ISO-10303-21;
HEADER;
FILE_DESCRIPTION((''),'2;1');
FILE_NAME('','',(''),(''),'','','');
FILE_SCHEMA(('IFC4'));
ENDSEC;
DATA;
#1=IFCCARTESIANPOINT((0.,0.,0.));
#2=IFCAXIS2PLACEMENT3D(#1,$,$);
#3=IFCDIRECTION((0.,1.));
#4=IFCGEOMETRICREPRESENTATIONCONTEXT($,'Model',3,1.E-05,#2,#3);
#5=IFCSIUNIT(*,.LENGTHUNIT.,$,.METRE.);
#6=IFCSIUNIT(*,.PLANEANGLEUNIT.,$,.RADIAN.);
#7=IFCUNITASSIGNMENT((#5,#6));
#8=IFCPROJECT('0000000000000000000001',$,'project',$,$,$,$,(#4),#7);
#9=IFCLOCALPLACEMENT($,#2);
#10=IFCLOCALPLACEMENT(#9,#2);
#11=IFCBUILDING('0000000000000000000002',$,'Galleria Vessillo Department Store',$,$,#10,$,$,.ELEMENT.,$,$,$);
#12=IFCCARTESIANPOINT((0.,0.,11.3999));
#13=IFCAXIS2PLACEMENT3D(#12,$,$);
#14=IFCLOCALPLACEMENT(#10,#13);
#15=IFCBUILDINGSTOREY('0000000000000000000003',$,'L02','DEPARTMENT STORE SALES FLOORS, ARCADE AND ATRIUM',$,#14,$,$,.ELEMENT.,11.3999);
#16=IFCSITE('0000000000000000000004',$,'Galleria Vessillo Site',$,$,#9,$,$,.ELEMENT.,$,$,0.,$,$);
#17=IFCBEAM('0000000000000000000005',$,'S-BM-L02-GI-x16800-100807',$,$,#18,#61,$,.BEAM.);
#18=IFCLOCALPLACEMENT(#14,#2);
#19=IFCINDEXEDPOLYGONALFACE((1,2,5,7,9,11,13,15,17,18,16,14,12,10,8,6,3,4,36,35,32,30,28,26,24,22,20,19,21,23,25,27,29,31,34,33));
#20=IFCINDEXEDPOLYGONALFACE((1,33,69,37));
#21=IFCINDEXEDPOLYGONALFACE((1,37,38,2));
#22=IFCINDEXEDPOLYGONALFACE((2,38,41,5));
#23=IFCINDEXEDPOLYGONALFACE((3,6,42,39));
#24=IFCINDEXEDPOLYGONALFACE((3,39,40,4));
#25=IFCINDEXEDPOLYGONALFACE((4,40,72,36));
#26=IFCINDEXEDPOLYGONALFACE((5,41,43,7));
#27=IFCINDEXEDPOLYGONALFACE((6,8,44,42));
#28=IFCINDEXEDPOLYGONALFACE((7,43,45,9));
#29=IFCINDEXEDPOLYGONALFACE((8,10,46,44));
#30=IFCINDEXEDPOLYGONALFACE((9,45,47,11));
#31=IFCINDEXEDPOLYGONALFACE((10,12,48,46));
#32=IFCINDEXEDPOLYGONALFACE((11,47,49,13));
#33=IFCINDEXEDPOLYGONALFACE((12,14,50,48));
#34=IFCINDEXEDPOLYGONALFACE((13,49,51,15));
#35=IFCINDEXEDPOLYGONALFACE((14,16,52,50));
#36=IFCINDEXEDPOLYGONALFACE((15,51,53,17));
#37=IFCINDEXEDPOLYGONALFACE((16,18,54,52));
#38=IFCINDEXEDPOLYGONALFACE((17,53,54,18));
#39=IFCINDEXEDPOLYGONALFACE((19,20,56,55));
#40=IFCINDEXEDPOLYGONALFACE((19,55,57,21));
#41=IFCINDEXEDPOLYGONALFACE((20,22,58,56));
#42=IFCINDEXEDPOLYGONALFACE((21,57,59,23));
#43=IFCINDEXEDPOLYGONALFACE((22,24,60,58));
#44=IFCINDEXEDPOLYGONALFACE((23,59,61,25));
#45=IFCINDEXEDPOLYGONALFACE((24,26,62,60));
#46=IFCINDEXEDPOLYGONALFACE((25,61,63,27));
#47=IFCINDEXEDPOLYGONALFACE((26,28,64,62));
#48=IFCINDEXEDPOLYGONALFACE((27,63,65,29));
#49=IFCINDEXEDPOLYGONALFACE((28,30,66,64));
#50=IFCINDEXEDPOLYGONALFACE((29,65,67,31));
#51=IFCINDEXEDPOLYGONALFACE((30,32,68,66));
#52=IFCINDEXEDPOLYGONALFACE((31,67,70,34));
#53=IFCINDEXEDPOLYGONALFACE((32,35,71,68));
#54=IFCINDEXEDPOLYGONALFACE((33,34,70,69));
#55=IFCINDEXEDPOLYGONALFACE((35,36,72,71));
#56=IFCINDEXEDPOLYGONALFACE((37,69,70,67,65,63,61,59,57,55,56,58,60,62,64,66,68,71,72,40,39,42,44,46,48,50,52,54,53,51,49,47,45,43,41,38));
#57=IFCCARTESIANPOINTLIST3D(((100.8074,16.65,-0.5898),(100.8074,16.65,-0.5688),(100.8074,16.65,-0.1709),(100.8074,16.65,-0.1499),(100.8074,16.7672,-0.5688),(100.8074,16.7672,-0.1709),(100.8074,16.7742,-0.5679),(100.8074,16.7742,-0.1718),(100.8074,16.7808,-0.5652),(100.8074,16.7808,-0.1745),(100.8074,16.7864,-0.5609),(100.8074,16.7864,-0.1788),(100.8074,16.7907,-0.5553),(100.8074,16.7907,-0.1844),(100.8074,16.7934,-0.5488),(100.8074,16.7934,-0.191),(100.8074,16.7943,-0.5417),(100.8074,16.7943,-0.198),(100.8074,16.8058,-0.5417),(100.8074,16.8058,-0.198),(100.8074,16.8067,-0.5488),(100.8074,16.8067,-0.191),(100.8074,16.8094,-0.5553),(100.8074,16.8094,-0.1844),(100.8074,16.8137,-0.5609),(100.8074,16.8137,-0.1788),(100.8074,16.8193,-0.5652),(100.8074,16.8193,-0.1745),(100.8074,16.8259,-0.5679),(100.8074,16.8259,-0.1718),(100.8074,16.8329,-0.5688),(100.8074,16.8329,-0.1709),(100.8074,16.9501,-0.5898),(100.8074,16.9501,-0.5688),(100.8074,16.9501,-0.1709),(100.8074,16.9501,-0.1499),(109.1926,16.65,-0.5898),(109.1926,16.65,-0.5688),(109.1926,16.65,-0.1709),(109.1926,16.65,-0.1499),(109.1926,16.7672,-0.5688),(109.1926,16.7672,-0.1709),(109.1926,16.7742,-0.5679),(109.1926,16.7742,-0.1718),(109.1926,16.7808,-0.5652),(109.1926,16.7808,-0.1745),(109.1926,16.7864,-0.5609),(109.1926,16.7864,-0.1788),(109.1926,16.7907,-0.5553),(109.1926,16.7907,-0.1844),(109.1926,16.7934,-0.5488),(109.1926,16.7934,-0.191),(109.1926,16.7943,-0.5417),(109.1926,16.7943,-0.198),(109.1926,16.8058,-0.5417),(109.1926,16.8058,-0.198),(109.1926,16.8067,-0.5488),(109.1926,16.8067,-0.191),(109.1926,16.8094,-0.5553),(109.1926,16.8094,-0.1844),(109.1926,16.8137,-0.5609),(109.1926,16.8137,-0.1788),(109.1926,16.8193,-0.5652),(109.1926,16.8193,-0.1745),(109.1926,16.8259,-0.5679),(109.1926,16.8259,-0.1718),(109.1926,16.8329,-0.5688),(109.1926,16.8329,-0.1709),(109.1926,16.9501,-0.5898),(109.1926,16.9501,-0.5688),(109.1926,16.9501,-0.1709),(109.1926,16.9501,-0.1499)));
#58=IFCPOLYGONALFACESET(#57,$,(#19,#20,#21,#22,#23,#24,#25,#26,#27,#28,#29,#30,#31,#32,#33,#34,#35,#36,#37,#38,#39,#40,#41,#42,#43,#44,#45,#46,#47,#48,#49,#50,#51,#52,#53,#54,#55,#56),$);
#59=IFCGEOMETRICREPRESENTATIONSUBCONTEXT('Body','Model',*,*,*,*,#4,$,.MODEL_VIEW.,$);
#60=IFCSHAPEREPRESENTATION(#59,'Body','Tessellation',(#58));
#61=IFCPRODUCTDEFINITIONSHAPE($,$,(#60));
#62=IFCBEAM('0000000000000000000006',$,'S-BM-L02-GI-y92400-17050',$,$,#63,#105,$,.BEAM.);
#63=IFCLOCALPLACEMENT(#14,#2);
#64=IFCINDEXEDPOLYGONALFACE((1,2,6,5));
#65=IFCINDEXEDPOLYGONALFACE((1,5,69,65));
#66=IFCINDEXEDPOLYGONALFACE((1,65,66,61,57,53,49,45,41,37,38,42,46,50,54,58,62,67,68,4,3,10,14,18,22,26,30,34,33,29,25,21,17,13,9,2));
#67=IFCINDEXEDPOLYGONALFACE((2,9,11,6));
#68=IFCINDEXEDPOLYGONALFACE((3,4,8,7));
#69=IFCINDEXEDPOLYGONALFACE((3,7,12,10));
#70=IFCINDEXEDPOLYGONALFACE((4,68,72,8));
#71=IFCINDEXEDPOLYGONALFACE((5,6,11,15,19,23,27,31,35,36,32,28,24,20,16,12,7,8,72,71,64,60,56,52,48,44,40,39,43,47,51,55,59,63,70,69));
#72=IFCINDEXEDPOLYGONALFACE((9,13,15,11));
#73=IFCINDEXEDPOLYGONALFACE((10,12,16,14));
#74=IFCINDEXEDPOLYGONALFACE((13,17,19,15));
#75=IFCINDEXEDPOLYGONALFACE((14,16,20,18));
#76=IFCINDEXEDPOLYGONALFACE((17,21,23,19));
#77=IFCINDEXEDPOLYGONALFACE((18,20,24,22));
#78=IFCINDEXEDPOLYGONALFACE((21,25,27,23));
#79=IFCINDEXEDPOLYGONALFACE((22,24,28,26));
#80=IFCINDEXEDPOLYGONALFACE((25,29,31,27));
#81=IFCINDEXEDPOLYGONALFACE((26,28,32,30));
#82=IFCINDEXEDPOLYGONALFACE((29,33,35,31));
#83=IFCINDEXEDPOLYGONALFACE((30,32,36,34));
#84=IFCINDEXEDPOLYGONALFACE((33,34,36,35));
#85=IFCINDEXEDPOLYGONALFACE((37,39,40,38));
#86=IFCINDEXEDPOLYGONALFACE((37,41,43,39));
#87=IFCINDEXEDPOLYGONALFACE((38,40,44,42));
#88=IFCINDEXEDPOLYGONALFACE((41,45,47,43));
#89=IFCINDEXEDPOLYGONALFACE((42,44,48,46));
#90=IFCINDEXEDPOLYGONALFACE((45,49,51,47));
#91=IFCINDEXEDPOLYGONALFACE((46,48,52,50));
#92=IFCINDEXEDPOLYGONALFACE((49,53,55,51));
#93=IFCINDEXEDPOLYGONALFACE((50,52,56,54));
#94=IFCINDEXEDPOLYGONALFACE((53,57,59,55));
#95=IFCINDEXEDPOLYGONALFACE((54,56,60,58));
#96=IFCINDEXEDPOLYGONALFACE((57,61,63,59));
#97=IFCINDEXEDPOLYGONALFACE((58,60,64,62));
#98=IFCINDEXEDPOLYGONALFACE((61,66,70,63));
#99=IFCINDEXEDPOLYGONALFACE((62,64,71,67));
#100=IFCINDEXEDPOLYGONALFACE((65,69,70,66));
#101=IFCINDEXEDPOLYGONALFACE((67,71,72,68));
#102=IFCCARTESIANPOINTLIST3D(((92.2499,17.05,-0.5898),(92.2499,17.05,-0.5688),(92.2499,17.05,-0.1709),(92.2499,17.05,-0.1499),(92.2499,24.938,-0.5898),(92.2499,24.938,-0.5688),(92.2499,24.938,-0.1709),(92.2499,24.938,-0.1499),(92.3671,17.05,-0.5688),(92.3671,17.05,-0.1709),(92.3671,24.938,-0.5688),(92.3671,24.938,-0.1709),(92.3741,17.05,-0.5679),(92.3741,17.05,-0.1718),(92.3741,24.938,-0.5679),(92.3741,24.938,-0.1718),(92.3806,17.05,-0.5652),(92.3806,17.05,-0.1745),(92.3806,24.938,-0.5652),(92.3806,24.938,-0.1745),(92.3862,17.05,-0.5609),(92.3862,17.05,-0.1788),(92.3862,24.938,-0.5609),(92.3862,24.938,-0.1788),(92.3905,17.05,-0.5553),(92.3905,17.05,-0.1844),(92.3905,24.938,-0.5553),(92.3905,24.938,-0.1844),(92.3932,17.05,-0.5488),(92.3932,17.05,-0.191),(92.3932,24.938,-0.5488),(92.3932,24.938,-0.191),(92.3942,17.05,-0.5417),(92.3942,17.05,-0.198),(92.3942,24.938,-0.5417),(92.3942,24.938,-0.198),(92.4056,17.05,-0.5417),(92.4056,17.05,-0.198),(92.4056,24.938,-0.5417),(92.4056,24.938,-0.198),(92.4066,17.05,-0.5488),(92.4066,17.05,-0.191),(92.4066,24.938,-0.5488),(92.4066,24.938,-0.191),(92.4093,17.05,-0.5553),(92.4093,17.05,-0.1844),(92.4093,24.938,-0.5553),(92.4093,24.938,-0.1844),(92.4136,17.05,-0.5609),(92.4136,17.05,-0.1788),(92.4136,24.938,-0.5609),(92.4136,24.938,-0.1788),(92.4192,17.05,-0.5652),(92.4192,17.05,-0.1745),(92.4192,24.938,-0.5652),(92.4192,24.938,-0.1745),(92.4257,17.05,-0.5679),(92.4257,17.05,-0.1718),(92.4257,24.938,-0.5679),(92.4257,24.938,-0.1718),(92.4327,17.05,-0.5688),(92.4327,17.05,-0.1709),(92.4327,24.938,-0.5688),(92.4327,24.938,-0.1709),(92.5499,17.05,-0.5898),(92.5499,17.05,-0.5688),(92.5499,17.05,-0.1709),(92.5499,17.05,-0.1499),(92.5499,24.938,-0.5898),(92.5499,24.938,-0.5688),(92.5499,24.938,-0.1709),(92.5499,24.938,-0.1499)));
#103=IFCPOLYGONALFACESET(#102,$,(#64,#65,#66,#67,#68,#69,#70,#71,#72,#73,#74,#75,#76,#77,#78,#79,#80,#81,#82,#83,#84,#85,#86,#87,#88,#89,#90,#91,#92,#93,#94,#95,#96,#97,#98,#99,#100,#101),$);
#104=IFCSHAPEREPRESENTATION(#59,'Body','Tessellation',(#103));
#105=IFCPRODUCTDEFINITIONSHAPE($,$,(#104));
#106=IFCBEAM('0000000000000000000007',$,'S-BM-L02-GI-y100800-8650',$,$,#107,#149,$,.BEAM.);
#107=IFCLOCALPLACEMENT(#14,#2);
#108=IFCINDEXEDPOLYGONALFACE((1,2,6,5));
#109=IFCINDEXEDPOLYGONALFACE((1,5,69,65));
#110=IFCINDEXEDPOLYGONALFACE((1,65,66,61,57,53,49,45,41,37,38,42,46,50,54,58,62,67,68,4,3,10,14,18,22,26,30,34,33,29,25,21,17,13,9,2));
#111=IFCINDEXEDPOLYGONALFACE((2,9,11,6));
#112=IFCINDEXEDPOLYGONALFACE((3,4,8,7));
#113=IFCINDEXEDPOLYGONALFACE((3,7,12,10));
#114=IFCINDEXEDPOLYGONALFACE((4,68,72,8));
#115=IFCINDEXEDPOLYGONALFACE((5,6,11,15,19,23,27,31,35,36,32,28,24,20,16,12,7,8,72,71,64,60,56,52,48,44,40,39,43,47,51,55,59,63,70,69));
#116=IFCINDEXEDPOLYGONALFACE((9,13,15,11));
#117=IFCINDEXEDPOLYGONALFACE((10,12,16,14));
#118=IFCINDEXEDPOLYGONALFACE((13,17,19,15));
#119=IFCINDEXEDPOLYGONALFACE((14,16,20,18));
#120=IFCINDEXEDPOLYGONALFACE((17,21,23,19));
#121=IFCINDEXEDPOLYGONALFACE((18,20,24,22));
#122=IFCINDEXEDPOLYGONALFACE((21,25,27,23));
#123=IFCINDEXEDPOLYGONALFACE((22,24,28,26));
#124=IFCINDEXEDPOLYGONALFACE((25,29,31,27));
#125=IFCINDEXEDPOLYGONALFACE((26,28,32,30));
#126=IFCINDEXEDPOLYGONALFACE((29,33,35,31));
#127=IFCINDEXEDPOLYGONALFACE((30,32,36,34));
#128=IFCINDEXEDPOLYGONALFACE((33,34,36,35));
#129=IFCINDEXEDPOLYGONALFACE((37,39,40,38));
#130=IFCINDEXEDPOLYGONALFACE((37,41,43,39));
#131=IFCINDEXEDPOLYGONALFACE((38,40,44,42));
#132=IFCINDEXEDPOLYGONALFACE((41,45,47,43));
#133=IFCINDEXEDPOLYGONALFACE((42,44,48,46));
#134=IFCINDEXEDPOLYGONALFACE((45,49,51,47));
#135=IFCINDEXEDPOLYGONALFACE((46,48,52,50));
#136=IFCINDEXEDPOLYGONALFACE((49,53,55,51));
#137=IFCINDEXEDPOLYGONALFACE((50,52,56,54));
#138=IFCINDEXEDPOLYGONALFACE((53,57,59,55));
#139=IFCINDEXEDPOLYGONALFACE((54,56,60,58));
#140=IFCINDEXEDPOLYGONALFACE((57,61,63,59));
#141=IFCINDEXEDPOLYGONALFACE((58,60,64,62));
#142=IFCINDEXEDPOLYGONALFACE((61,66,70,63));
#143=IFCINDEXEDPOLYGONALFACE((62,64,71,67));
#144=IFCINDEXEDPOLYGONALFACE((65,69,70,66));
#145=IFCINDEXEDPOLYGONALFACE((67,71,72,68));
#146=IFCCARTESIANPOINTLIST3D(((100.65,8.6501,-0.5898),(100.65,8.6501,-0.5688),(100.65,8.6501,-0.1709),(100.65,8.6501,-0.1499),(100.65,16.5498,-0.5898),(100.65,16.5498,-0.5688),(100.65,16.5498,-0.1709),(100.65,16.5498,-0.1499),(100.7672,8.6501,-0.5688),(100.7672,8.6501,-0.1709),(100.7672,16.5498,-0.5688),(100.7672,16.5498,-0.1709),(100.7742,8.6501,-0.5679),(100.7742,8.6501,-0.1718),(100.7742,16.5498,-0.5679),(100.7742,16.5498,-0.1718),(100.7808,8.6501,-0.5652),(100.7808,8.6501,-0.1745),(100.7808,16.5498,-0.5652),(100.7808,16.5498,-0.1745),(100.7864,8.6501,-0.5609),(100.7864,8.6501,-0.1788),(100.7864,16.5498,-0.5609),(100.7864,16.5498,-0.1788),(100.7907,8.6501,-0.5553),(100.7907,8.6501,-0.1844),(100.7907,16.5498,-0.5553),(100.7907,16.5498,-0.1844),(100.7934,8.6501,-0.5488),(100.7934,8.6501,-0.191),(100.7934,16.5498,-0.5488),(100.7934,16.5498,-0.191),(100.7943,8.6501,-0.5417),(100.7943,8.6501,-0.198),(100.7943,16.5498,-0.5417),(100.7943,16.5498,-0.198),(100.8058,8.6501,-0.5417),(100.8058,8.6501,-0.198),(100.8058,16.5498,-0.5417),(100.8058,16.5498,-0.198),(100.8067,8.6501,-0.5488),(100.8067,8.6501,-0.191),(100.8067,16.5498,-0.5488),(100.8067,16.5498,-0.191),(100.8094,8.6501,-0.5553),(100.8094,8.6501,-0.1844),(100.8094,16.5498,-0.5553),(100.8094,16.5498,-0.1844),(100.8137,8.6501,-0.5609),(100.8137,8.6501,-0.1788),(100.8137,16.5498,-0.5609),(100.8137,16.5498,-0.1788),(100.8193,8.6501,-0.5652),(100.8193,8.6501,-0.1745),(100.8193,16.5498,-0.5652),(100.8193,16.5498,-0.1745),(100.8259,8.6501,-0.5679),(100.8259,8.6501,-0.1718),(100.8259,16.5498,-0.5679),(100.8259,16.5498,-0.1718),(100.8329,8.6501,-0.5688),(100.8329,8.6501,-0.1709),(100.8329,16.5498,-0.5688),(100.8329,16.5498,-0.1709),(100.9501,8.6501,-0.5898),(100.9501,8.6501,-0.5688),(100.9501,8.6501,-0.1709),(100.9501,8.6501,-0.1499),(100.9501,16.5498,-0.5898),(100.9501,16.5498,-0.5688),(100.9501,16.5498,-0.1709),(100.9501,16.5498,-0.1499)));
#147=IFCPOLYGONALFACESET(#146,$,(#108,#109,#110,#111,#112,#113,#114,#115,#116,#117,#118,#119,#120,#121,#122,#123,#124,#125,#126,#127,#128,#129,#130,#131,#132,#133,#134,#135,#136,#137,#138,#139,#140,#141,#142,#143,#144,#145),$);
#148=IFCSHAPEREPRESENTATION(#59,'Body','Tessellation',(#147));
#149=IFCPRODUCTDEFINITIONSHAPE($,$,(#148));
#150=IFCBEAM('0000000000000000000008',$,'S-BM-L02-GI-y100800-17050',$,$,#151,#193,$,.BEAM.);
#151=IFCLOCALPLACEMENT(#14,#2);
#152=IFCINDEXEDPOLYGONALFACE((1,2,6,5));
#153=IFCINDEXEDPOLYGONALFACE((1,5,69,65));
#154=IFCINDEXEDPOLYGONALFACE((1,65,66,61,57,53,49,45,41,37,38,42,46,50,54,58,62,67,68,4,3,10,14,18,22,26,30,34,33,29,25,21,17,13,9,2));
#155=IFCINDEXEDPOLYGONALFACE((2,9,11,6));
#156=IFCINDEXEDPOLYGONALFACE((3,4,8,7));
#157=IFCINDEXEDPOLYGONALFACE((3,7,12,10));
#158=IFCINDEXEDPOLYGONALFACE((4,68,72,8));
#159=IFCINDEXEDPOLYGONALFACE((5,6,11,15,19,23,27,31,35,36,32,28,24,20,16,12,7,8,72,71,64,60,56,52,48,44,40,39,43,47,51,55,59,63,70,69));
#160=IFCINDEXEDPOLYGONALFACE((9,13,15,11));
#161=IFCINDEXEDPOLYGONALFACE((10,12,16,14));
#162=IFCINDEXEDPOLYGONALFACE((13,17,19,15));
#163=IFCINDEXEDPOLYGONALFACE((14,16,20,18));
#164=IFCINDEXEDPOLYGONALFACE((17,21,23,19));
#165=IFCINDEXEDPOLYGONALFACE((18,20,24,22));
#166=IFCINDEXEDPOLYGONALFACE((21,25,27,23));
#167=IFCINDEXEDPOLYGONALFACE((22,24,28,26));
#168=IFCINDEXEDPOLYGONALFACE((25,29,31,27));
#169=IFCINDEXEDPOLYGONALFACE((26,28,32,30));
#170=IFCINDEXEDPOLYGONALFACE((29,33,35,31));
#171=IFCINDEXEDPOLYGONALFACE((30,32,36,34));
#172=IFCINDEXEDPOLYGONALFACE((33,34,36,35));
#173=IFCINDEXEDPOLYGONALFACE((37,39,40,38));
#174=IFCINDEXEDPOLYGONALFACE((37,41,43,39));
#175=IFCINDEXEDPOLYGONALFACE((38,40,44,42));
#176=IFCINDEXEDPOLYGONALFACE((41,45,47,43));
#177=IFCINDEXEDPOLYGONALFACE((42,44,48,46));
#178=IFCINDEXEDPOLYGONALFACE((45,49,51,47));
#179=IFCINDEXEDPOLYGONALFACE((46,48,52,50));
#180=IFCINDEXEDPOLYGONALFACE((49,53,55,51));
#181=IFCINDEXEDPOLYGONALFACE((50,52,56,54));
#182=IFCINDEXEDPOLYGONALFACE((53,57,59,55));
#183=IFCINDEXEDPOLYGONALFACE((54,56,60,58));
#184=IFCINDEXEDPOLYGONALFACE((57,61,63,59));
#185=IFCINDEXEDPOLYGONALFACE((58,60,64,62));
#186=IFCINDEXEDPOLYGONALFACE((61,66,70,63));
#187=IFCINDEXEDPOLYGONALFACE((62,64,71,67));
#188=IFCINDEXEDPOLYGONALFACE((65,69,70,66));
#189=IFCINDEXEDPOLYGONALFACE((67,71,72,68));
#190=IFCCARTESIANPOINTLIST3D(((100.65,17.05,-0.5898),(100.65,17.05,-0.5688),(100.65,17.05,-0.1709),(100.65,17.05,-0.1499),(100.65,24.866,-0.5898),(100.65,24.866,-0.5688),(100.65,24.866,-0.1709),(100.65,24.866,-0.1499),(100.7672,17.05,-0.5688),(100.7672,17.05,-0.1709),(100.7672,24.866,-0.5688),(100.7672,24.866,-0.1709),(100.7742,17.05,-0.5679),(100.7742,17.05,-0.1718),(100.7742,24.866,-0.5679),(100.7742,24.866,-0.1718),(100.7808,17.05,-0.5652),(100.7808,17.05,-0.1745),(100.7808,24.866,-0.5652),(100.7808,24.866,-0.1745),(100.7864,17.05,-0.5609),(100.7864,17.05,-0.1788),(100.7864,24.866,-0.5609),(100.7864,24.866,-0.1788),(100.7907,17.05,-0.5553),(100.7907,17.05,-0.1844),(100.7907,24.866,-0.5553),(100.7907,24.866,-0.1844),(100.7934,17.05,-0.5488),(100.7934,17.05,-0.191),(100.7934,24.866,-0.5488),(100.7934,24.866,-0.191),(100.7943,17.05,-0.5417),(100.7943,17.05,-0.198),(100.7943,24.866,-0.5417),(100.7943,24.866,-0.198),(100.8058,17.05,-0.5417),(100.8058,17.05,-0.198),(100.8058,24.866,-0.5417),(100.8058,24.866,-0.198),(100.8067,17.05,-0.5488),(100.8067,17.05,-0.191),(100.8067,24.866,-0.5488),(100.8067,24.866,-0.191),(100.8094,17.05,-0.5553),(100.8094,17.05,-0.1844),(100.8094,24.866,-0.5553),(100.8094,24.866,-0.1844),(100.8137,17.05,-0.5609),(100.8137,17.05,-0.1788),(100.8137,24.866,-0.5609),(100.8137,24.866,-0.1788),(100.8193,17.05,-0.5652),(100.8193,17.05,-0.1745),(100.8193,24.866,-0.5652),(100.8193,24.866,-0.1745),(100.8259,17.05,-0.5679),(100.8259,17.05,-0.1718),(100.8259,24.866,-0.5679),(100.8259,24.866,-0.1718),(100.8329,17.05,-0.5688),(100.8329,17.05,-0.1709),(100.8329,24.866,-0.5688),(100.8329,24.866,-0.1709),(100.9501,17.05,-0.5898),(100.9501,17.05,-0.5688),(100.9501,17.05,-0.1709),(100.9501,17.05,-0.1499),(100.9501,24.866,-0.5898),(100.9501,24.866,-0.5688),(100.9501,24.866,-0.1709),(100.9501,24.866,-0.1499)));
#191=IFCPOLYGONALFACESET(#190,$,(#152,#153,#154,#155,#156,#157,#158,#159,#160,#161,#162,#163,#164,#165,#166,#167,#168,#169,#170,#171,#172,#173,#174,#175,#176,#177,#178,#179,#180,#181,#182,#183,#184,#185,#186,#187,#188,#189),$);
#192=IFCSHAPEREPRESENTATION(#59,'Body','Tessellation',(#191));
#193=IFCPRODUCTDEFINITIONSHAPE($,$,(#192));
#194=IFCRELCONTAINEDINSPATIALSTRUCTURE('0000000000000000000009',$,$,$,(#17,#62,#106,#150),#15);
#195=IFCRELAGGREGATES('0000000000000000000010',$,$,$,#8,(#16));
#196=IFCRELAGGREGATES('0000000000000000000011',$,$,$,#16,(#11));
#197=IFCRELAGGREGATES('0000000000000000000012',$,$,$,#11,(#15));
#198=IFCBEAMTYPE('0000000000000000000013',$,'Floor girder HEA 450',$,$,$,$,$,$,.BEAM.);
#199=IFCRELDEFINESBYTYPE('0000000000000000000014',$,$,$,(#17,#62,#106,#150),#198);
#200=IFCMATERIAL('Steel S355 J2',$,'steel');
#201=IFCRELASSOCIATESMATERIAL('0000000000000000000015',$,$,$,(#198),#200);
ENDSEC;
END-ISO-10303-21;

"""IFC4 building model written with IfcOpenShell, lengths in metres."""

from ifc_helpers import new_model, si_unit, direction, frame, origin, origin_2d, place, context, subcontext, project, spatial, i_section, extrude, material, material_profile, profile_set, type_object, element, save


model = new_model("IFC4")

# Units and contexts
model_context = context("Model", 3, precision=1e-05, world=origin(), true_north=direction((0.0, 1.0)))
body_context = subcontext(model_context, "Body", "Model", "MODEL_VIEW")
ifc_project = project(units=[si_unit("LENGTHUNIT", "METRE"), si_unit("PLANEANGLEUNIT", "RADIAN")], contexts=[model_context])

# Site, building, storey
site_placement = place(None, origin())
site = spatial("IfcSite", under=ifc_project, at=site_placement, Name="Galleria Vessillo Site", CompositionType="ELEMENT", RefElevation=0.0)
building_placement = place(site_placement, origin())
building = spatial("IfcBuilding", under=site, at=building_placement, Name="Galleria Vessillo Department Store", CompositionType="ELEMENT")
storey_placement = place(building_placement, frame((0.0, 0.0, 11.3999)))
storey = spatial("IfcBuildingStorey", under=building, at=storey_placement, Name="L02", Description="DEPARTMENT STORE SALES FLOORS, ARCADE AND ATRIUM", CompositionType="ELEMENT", Elevation=11.3999)

# Beams
ifc_material_1 = material(Name="Steel S355 J2", Category="steel")
ifc_material_profile_1 = material_profile(ifc_material_1, i_section(OverallWidth=0.3, OverallDepth=0.4399, WebThickness=0.0115, FlangeThickness=0.021, FilletRadius=0.0271, at=origin_2d()), Name="HEA 450")
ifc_profile_set_1 = profile_set([ifc_material_profile_1], Name="Steel S355 J2")
beam_type_1 = type_object("IfcBeamType", Name="Floor girder HEA 450", PredefinedType="BEAM", material=ifc_profile_set_1)
beam_1_placement = place(storey_placement, frame((100.8074, 16.8, -0.3699), z_axis=(1.0, 0.0, 0.0), x_axis=(0.0, 1.0, 0.0)))
element("IfcBeam", 1, at=beam_1_placement, inside=storey, type_object=beam_type_1, Name="S-BM-L02-GI-x16800-100807", PredefinedType="BEAM", context=body_context, shape_type="SweptSolid", body=[
    extrude(i_section(OverallWidth=0.3, OverallDepth=0.4399, WebThickness=0.0115, FlangeThickness=0.021, FilletRadius=0.0271, at=origin_2d()), origin(), (0.0, 0.0, 1.0), 8.3853),
])
beam_2_placement = place(storey_placement, frame((92.3999, 17.05, -0.3699), z_axis=(0.0, 1.0, 0.0), x_axis=(-1.0, 0.0, 0.0)))
element("IfcBeam", 2, at=beam_2_placement, inside=storey, type_object=beam_type_1, Name="S-BM-L02-GI-y92400-17050", PredefinedType="BEAM", context=body_context, shape_type="SweptSolid", body=[
    extrude(i_section(OverallWidth=0.3, OverallDepth=0.4399, WebThickness=0.0115, FlangeThickness=0.021, FilletRadius=0.0271, at=origin_2d()), origin(), (0.0, 0.0, 1.0), 7.8879),
])
beam_3_placement = place(storey_placement, frame((100.8, 8.6501, -0.3699), z_axis=(0.0, 1.0, 0.0), x_axis=(-1.0, 0.0, 0.0)))
element("IfcBeam", 3, at=beam_3_placement, inside=storey, type_object=beam_type_1, Name="S-BM-L02-GI-y100800-8650", PredefinedType="BEAM", context=body_context, shape_type="SweptSolid", body=[
    extrude(i_section(OverallWidth=0.3, OverallDepth=0.4399, WebThickness=0.0115, FlangeThickness=0.021, FilletRadius=0.0271, at=origin_2d()), origin(), (0.0, 0.0, 1.0), 7.8997),
])
beam_4_placement = place(storey_placement, frame((100.8, 17.05, -0.3699), z_axis=(0.0, 1.0, 0.0), x_axis=(-1.0, 0.0, 0.0)))
element("IfcBeam", 4, at=beam_4_placement, inside=storey, type_object=beam_type_1, Name="S-BM-L02-GI-y100800-17050", PredefinedType="BEAM", context=body_context, shape_type="SweptSolid", body=[
    extrude(i_section(OverallWidth=0.3, OverallDepth=0.4399, WebThickness=0.0115, FlangeThickness=0.021, FilletRadius=0.0271, at=origin_2d()), origin(), (0.0, 0.0, 1.0), 7.8159),
])

save(model, "model.ifc")
